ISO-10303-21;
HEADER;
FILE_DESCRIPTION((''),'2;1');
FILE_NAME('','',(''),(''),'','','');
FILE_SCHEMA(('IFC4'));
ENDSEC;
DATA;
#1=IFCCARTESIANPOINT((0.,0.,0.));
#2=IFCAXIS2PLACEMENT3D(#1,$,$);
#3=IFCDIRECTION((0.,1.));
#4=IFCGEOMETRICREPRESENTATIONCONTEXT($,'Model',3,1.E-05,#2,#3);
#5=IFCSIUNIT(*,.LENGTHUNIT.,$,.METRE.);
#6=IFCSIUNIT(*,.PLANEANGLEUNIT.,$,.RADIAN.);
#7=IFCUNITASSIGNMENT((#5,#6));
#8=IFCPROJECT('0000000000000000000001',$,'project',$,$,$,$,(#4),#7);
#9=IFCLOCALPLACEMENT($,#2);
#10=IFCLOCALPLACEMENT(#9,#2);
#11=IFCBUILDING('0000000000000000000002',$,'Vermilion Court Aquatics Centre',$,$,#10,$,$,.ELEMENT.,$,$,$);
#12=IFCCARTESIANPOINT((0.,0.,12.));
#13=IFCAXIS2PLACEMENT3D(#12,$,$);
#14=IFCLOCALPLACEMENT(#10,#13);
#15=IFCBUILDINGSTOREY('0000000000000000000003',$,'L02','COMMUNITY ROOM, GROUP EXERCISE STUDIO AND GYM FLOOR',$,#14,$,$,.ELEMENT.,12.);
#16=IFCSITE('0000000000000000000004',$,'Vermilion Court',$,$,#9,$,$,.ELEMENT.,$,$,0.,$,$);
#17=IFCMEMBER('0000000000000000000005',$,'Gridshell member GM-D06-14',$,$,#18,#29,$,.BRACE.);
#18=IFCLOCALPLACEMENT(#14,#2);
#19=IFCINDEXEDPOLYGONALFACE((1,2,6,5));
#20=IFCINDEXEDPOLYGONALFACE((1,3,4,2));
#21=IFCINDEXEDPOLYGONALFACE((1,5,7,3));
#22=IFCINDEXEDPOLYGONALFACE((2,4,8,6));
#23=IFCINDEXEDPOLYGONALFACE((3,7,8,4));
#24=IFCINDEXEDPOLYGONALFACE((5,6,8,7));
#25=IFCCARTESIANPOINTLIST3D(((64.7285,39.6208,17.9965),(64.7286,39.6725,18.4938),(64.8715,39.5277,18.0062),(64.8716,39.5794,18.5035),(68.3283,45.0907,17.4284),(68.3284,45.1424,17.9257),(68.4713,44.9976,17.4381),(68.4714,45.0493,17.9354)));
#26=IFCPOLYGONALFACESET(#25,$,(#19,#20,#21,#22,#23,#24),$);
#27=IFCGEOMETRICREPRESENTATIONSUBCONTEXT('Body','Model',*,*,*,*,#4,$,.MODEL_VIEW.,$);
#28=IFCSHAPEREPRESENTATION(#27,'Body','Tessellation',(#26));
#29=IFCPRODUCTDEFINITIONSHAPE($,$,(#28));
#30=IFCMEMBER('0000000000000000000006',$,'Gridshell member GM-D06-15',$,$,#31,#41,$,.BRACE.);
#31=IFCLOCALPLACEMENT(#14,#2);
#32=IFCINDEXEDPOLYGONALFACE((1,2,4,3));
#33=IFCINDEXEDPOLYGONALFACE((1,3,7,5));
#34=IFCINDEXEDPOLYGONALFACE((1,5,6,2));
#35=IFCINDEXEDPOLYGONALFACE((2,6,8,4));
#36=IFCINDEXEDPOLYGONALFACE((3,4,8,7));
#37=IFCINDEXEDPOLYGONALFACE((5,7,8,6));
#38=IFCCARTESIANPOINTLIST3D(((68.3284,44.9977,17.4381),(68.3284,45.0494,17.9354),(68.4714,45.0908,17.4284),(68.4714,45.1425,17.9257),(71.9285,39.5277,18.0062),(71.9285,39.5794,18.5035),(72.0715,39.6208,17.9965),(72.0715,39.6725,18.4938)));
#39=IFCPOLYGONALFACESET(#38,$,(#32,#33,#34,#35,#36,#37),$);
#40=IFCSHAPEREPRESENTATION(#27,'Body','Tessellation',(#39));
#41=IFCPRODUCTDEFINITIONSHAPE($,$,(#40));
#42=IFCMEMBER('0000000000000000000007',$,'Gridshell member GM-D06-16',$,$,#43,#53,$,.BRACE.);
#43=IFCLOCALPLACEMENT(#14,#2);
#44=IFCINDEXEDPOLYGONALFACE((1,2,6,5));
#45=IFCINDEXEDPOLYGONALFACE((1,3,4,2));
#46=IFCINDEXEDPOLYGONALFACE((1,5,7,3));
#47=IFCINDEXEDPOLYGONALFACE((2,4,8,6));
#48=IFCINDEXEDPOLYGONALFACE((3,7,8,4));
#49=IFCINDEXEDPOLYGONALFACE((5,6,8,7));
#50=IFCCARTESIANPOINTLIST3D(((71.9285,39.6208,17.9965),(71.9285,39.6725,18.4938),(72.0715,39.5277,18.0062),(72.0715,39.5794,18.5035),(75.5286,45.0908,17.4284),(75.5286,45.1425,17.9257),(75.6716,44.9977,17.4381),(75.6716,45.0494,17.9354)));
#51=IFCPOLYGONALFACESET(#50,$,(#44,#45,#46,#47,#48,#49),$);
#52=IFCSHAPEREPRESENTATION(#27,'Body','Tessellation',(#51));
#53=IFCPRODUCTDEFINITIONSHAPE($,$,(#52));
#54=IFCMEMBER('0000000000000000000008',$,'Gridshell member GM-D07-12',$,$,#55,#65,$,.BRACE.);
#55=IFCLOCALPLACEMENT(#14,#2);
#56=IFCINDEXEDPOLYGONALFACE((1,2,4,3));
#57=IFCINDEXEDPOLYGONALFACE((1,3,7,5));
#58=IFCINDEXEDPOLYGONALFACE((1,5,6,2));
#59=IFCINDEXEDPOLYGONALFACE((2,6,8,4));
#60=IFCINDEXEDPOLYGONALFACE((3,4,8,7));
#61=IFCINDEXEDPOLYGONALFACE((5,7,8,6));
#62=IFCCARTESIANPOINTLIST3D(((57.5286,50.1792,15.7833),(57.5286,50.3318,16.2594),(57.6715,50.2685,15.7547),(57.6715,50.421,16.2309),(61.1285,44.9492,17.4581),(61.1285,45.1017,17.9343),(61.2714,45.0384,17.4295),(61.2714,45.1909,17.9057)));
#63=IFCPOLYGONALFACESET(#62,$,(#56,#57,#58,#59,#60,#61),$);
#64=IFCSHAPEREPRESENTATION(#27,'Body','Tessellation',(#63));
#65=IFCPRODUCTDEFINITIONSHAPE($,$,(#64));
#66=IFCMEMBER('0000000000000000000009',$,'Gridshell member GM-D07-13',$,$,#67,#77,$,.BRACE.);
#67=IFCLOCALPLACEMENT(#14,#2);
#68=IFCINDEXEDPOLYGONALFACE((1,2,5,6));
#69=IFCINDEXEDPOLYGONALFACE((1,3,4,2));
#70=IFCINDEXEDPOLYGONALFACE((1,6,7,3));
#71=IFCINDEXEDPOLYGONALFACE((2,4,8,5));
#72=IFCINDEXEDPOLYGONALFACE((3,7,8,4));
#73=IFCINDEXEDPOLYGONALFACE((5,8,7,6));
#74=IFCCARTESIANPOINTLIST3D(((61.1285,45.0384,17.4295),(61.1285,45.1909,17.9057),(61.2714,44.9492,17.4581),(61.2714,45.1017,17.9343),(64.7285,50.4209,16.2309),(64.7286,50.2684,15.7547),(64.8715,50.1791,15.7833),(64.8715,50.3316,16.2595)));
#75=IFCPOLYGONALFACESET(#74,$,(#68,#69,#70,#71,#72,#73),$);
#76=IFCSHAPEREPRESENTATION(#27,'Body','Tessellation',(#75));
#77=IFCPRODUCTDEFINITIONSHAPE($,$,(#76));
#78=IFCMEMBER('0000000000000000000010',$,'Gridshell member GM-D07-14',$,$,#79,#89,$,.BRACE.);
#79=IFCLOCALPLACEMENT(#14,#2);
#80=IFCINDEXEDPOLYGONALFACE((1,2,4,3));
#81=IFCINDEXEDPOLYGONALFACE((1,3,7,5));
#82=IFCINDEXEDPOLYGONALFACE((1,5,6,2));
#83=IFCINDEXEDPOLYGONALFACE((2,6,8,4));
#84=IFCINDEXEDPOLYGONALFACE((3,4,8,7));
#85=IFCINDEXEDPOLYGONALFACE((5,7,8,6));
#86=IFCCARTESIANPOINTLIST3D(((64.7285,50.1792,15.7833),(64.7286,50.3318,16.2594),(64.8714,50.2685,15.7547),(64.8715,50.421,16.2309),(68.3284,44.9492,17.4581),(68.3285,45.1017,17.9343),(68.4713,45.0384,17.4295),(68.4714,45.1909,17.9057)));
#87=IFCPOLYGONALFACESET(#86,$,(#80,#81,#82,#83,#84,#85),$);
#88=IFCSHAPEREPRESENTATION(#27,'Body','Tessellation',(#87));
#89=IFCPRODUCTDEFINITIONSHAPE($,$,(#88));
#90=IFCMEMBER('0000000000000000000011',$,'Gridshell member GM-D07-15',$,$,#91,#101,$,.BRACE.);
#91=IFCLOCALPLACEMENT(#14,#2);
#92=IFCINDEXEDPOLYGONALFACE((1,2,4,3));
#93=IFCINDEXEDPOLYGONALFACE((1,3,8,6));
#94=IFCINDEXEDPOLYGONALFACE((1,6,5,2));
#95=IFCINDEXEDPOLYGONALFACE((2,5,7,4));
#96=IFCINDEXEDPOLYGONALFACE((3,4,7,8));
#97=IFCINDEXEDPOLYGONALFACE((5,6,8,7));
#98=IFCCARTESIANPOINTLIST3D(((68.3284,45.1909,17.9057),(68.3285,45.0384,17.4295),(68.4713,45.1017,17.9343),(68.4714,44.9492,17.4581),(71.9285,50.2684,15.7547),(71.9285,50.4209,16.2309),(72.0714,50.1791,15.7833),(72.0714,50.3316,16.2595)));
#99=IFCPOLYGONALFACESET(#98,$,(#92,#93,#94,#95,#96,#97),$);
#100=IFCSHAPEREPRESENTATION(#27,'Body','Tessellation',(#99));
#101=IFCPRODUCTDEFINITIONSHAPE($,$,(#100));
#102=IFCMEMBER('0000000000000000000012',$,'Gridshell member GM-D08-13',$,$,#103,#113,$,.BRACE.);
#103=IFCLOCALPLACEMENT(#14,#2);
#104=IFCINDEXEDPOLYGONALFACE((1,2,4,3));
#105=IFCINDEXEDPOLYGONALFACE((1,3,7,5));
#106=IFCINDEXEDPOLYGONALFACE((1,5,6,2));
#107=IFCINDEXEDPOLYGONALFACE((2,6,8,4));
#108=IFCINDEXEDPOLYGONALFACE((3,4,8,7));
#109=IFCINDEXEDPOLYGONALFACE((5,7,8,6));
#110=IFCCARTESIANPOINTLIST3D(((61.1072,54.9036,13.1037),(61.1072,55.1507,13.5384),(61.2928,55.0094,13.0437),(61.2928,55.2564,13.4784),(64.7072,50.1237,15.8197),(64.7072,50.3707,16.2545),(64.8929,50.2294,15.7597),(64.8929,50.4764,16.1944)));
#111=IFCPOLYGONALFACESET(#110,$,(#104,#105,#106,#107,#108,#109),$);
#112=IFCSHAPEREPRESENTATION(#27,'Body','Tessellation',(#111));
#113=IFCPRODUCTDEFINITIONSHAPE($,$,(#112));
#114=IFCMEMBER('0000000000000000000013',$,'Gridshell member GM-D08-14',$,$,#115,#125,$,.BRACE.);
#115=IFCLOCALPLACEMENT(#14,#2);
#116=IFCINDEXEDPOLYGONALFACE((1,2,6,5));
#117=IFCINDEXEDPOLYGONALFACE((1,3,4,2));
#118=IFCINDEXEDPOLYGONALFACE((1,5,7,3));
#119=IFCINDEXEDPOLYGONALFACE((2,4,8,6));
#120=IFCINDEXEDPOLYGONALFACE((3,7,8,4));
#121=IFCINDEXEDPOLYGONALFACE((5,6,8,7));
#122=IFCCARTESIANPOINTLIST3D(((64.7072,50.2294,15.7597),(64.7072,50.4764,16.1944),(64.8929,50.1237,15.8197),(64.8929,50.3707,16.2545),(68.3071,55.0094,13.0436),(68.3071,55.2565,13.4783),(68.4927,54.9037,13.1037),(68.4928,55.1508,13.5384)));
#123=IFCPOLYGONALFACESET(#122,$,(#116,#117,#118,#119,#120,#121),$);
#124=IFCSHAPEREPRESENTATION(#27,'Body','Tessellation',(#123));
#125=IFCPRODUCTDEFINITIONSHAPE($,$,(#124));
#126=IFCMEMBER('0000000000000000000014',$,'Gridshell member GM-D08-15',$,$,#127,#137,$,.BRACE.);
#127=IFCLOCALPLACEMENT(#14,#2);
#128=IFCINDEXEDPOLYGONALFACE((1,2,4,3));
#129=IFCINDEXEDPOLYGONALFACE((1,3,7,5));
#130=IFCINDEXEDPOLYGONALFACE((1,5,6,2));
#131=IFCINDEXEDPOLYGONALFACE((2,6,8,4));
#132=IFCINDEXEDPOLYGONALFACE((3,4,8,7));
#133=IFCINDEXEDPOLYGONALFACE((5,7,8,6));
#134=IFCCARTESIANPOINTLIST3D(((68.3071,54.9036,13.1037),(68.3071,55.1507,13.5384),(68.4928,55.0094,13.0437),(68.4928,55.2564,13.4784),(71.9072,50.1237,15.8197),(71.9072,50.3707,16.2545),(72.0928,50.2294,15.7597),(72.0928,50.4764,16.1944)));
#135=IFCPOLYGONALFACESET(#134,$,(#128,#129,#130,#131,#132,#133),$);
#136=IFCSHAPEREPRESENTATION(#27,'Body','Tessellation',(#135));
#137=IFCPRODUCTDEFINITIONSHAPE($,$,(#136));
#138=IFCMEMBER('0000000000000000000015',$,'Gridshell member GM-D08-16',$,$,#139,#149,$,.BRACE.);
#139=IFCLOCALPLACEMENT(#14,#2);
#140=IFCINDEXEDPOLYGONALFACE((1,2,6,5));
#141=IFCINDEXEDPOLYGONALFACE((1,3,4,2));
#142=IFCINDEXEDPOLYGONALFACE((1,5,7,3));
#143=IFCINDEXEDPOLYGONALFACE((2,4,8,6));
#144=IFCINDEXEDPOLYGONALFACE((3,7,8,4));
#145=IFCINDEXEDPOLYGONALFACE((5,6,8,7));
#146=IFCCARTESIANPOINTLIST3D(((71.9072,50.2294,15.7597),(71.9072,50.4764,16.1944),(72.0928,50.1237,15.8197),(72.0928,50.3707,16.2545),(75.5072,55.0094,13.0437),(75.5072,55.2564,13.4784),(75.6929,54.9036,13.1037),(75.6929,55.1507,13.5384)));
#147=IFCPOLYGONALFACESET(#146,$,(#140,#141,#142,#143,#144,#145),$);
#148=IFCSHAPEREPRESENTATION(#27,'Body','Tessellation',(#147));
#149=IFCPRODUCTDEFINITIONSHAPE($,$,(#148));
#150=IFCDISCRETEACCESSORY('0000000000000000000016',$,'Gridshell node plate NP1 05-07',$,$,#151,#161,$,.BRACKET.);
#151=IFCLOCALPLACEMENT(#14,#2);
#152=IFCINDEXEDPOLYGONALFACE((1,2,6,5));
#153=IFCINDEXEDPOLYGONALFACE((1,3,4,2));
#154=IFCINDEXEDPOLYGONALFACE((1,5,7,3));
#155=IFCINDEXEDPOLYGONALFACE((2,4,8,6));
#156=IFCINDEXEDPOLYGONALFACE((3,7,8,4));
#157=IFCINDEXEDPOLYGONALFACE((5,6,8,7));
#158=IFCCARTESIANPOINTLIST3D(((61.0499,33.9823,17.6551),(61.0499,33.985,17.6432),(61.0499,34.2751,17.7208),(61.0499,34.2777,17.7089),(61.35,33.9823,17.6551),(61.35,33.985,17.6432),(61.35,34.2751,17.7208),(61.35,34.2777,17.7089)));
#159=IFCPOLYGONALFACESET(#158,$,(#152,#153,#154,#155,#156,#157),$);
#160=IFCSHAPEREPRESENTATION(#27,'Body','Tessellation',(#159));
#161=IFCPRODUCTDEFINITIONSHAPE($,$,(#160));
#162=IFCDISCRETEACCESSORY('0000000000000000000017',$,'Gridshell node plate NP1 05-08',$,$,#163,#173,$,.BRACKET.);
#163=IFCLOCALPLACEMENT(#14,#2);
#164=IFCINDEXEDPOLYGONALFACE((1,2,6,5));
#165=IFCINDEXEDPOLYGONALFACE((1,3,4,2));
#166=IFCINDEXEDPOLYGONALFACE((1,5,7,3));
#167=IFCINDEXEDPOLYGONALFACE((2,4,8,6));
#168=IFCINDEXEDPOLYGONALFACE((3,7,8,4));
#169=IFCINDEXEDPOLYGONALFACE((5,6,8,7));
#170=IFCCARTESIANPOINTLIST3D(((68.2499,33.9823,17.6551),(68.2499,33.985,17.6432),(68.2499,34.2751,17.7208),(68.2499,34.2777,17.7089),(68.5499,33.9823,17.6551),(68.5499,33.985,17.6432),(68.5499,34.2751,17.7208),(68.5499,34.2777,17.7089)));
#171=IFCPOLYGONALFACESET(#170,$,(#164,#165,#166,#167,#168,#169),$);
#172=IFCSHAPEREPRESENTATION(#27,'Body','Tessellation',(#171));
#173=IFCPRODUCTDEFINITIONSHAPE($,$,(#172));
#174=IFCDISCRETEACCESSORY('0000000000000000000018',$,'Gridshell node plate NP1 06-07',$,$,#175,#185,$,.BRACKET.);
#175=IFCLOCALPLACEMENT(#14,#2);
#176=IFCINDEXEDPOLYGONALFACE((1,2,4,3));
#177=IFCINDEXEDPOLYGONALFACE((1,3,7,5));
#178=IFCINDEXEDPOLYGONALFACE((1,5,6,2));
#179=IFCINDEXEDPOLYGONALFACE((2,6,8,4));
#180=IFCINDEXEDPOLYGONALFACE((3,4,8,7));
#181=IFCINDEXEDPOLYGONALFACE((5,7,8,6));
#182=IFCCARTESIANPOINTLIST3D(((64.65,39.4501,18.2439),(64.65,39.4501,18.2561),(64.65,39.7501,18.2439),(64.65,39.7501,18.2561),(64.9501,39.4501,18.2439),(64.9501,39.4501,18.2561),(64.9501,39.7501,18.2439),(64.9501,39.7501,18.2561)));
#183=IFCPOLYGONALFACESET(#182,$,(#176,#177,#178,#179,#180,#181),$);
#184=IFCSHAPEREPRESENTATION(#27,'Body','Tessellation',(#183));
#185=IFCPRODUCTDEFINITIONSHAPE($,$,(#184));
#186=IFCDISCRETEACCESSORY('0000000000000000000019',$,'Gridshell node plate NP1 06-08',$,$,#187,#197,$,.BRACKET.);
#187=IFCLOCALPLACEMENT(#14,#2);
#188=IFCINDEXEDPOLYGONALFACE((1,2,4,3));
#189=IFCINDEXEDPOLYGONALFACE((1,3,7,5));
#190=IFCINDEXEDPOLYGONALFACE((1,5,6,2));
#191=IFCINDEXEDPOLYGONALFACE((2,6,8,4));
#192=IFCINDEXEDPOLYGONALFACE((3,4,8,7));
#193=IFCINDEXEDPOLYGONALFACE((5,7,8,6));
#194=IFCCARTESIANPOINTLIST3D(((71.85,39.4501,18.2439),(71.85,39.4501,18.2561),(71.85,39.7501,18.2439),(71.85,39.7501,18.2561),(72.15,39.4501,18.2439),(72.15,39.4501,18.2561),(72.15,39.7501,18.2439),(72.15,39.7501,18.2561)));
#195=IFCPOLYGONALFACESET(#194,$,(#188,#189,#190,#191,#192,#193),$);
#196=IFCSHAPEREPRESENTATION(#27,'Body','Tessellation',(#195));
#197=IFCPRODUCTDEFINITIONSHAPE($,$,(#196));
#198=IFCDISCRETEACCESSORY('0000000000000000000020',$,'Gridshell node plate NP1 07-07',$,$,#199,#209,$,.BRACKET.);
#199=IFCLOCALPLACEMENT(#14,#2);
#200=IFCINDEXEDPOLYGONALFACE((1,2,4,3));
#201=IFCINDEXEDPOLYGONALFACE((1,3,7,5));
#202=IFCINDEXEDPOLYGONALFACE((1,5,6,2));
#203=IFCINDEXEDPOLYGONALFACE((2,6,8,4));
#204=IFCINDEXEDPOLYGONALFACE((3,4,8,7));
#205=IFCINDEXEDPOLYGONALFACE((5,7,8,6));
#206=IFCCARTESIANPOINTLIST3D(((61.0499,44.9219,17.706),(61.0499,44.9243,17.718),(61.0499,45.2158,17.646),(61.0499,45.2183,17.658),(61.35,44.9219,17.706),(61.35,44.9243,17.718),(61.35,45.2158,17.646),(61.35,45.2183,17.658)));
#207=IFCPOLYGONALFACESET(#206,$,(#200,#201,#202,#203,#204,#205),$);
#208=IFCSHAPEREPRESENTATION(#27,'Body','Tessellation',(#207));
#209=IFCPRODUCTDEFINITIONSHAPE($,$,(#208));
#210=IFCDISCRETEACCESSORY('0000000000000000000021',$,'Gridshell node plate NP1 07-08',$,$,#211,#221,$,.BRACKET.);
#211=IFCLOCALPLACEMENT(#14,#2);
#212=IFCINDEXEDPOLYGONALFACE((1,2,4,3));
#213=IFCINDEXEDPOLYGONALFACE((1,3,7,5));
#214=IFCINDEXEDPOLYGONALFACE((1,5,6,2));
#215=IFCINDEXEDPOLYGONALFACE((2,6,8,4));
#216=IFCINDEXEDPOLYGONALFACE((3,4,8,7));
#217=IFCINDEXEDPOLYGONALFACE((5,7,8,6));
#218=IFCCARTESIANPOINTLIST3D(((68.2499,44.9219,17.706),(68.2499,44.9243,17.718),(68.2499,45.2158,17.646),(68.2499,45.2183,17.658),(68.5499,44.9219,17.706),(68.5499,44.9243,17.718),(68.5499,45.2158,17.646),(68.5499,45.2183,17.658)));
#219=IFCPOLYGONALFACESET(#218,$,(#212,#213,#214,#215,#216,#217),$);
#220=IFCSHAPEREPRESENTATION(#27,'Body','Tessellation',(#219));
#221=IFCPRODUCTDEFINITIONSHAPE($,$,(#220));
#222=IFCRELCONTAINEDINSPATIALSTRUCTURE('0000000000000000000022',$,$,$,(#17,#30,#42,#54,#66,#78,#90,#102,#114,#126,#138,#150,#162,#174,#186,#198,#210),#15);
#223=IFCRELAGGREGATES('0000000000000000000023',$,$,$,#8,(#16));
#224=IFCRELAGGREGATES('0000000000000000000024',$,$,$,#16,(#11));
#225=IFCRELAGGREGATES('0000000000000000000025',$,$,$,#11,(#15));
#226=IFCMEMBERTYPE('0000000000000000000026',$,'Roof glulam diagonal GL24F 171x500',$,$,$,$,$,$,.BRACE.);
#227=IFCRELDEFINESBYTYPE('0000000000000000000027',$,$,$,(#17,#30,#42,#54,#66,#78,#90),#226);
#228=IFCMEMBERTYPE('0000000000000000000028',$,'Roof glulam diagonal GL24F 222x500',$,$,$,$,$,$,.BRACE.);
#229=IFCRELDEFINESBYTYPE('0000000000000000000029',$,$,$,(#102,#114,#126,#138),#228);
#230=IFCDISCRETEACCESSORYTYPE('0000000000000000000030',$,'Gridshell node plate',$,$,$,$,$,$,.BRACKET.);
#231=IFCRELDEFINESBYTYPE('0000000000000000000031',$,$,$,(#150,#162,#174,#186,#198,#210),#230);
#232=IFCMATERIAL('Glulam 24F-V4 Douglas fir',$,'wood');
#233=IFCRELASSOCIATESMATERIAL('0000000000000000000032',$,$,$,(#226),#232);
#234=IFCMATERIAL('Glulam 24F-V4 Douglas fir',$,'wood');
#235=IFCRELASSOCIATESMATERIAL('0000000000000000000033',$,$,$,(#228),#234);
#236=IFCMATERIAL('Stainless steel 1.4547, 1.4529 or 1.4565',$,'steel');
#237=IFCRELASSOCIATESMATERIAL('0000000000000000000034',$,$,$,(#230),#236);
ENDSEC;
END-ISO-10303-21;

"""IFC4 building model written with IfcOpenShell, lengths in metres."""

from ifc_helpers import new_model, si_unit, direction, frame, origin, origin_2d, place, context, subcontext, project, spatial, rectangle, extrude, material, material_profile, profile_set, type_object, element, save


model = new_model("IFC4")

# Units and contexts
model_context = context("Model", 3, precision=1e-05, world=origin(), true_north=direction((0.0, 1.0)))
body_context = subcontext(model_context, "Body", "Model", "MODEL_VIEW")
ifc_project = project(units=[si_unit("LENGTHUNIT", "METRE"), si_unit("PLANEANGLEUNIT", "RADIAN")], contexts=[model_context])

# Site, building, storey
site_placement = place(None, origin())
site = spatial("IfcSite", under=ifc_project, at=site_placement, Name="Vermilion Court", CompositionType="ELEMENT", RefElevation=0.0)
building_placement = place(site_placement, origin())
building = spatial("IfcBuilding", under=site, at=building_placement, Name="Vermilion Court Aquatics Centre", CompositionType="ELEMENT")
storey_placement = place(building_placement, frame((0.0, 0.0, 12.0)))
storey = spatial("IfcBuildingStorey", under=building, at=storey_placement, Name="L02", Description="COMMUNITY ROOM, GROUP EXERCISE STUDIO AND GYM FLOOR", CompositionType="ELEMENT", Elevation=12.0)

# Members
ifc_material_1 = material(Name="Glulam 24F-V4 Douglas fir", Category="wood")
ifc_material_profile_1 = material_profile(ifc_material_1, rectangle(XDim=0.1709, YDim=0.5, at=origin_2d()), Name="GL24F 171x500")
ifc_profile_set_1 = profile_set([ifc_material_profile_1], Name="Glulam 24F-V4 Douglas fir")
member_type_1 = type_object("IfcMemberType", Name="Roof glulam diagonal GL24F 171x500", PredefinedType="BRACE", material=ifc_profile_set_1)
member_1_placement = place(storey_placement, frame((64.8, 39.6001, 18.25), z_axis=(0.547686, 0.832208, -0.086434), x_axis=(-0.836684, 0.54476, -0.056532)))
element("IfcMember", 1, at=member_1_placement, inside=storey, type_object=member_type_1, Name="Gridshell member GM-D06-14", PredefinedType="BRACE", context=body_context, shape_type="SweptSolid", body=[
    extrude(rectangle(XDim=0.1709, YDim=0.5, at=origin_2d()), origin(), (0.0, 0.0, 1.0), 6.5728),
])
for number, where, z_axis, x_axis, name in (
    (2, (72.0, 39.6001, 18.25), (-0.547712, 0.832191, -0.086432), (-0.836667, -0.544787, 0.056532), "Gridshell member GM-D06-15"),
    (3, (72.0, 39.6001, 18.25), (0.547712, 0.832191, -0.086432), (-0.836667, 0.544787, -0.056532), "Gridshell member GM-D06-16"),
):
    element("IfcMember", number, at=place(storey_placement, frame(where, z_axis=z_axis, x_axis=x_axis)), inside=storey, type_object=member_type_1, Name=name, PredefinedType="BRACE", context=body_context, shape_type="SweptSolid", body=[
        extrude(rectangle(XDim=0.1709, YDim=0.5, at=origin_2d()), origin(), (0.0, 0.0, 1.0), 6.573),
    ])
for number, where, z_axis, x_axis, name in (
    (4, (61.2, 45.0701, 17.6819), (-0.54823, 0.796485, -0.25506), (-0.836328, -0.522086, 0.167278), "Gridshell member GM-D07-12"),
    (5, (61.2, 45.0701, 17.6819), (0.548256, 0.796469, -0.255055), (-0.836311, 0.522113, -0.167278), "Gridshell member GM-D07-13"),
    (6, (68.3999, 45.0701, 17.6819), (-0.54823, 0.796485, -0.25506), (-0.836328, -0.522086, 0.167278), "Gridshell member GM-D07-14"),
    (7, (68.3999, 45.0701, 17.6819), (0.548256, 0.796469, -0.255055), (-0.836311, 0.522113, -0.167278), "Gridshell member GM-D07-15"),
):
    element("IfcMember", number, at=place(storey_placement, frame(where, z_axis=z_axis, x_axis=x_axis)), inside=storey, type_object=member_type_1, Name=name, PredefinedType="BRACE", context=body_context, shape_type="SweptSolid", body=[
        extrude(rectangle(XDim=0.1709, YDim=0.5, at=origin_2d()), origin(), (0.0, 0.0, 1.0), 6.5664),
    ])
ifc_material_2 = material(Name="Glulam 24F-V4 Douglas fir", Category="wood")
ifc_material_profile_2 = material_profile(ifc_material_2, rectangle(XDim=0.2219, YDim=0.5, at=origin_2d()), Name="GL24F 222x500")
ifc_profile_set_2 = profile_set([ifc_material_profile_2], Name="Glulam 24F-V4 Douglas fir")
member_type_2 = type_object("IfcMemberType", Name="Roof glulam diagonal GL24F 222x500", PredefinedType="BRACE", material=ifc_profile_set_2)
for number, where, z_axis, x_axis, name in (
    (8, (64.8, 50.3, 16.0071), (-0.547824, 0.727373, -0.413301), (-0.836594, -0.476314, 0.270621), "Gridshell member GM-D08-13"),
    (9, (64.8, 50.3, 16.0071), (0.547798, 0.727388, -0.41331), (-0.836611, 0.476285, -0.27062), "Gridshell member GM-D08-14"),
    (10, (72.0, 50.3, 16.0071), (-0.547824, 0.727373, -0.413301), (-0.836594, -0.476314, 0.270621), "Gridshell member GM-D08-15"),
    (11, (72.0, 50.3, 16.0071), (0.547824, 0.727373, -0.413301), (-0.836594, 0.476314, -0.270621), "Gridshell member GM-D08-16"),
):
    element("IfcMember", number, at=place(storey_placement, frame(where, z_axis=z_axis, x_axis=x_axis)), inside=storey, type_object=member_type_2, Name=name, PredefinedType="BRACE", context=body_context, shape_type="SweptSolid", body=[
        extrude(rectangle(XDim=0.2219, YDim=0.5, at=origin_2d()), origin(), (0.0, 0.0, 1.0), 6.5715),
    ])

# Discrete accessories
ifc_material_3 = material(Name="Stainless steel 1.4547, 1.4529 or 1.4565", Category="steel")
ifc_material_profile_3 = material_profile(ifc_material_3, rectangle(XDim=0.3, YDim=0.3, at=origin_2d()), Name="PL 12 x 300 x 300")
ifc_profile_set_3 = profile_set([ifc_material_profile_3], Name="Stainless steel 1.4547, 1.4529 or 1.4565")
discrete_accessory_type = type_object("IfcDiscreteAccessoryType", Name="Gridshell node plate", PredefinedType="BRACKET", material=ifc_profile_set_3)
for number, where, z_axis, x_axis, name in (
    (12, (61.2, 34.1313, 17.676), (0.0, -0.219038, 0.975716), (1.0, 0.0, 0.0), "Gridshell node plate NP1 05-07"),
    (13, (68.3999, 34.1313, 17.676), (0.0, -0.219038, 0.975716), (1.0, 0.0, 0.0), "Gridshell node plate NP1 05-08"),
    (14, (64.8, 39.6001, 18.2439), (0.0, 0.0, 1.0), (1.0, 0.0, 0.0), "Gridshell node plate NP1 06-07"),
    (15, (72.0, 39.6001, 18.2439), (0.0, 0.0, 1.0), (1.0, 0.0, 0.0), "Gridshell node plate NP1 06-08"),
    (16, (61.2, 45.0688, 17.676), (0.0, 0.19996, 0.979804), (-1.0, 0.0, 0.0), "Gridshell node plate NP1 07-07"),
    (17, (68.3999, 45.0688, 17.676), (0.0, 0.19996, 0.979804), (-1.0, 0.0, 0.0), "Gridshell node plate NP1 07-08"),
):
    element("IfcDiscreteAccessory", number, at=place(storey_placement, frame(where, z_axis=z_axis, x_axis=x_axis)), inside=storey, type_object=discrete_accessory_type, Name=name, PredefinedType="BRACKET", context=body_context, shape_type="SweptSolid", body=[
        extrude(rectangle(XDim=0.3, YDim=0.3, at=origin_2d()), origin(), (0.0, 0.0, 1.0), 0.0122),
    ])

save(model, "model.ifc")
